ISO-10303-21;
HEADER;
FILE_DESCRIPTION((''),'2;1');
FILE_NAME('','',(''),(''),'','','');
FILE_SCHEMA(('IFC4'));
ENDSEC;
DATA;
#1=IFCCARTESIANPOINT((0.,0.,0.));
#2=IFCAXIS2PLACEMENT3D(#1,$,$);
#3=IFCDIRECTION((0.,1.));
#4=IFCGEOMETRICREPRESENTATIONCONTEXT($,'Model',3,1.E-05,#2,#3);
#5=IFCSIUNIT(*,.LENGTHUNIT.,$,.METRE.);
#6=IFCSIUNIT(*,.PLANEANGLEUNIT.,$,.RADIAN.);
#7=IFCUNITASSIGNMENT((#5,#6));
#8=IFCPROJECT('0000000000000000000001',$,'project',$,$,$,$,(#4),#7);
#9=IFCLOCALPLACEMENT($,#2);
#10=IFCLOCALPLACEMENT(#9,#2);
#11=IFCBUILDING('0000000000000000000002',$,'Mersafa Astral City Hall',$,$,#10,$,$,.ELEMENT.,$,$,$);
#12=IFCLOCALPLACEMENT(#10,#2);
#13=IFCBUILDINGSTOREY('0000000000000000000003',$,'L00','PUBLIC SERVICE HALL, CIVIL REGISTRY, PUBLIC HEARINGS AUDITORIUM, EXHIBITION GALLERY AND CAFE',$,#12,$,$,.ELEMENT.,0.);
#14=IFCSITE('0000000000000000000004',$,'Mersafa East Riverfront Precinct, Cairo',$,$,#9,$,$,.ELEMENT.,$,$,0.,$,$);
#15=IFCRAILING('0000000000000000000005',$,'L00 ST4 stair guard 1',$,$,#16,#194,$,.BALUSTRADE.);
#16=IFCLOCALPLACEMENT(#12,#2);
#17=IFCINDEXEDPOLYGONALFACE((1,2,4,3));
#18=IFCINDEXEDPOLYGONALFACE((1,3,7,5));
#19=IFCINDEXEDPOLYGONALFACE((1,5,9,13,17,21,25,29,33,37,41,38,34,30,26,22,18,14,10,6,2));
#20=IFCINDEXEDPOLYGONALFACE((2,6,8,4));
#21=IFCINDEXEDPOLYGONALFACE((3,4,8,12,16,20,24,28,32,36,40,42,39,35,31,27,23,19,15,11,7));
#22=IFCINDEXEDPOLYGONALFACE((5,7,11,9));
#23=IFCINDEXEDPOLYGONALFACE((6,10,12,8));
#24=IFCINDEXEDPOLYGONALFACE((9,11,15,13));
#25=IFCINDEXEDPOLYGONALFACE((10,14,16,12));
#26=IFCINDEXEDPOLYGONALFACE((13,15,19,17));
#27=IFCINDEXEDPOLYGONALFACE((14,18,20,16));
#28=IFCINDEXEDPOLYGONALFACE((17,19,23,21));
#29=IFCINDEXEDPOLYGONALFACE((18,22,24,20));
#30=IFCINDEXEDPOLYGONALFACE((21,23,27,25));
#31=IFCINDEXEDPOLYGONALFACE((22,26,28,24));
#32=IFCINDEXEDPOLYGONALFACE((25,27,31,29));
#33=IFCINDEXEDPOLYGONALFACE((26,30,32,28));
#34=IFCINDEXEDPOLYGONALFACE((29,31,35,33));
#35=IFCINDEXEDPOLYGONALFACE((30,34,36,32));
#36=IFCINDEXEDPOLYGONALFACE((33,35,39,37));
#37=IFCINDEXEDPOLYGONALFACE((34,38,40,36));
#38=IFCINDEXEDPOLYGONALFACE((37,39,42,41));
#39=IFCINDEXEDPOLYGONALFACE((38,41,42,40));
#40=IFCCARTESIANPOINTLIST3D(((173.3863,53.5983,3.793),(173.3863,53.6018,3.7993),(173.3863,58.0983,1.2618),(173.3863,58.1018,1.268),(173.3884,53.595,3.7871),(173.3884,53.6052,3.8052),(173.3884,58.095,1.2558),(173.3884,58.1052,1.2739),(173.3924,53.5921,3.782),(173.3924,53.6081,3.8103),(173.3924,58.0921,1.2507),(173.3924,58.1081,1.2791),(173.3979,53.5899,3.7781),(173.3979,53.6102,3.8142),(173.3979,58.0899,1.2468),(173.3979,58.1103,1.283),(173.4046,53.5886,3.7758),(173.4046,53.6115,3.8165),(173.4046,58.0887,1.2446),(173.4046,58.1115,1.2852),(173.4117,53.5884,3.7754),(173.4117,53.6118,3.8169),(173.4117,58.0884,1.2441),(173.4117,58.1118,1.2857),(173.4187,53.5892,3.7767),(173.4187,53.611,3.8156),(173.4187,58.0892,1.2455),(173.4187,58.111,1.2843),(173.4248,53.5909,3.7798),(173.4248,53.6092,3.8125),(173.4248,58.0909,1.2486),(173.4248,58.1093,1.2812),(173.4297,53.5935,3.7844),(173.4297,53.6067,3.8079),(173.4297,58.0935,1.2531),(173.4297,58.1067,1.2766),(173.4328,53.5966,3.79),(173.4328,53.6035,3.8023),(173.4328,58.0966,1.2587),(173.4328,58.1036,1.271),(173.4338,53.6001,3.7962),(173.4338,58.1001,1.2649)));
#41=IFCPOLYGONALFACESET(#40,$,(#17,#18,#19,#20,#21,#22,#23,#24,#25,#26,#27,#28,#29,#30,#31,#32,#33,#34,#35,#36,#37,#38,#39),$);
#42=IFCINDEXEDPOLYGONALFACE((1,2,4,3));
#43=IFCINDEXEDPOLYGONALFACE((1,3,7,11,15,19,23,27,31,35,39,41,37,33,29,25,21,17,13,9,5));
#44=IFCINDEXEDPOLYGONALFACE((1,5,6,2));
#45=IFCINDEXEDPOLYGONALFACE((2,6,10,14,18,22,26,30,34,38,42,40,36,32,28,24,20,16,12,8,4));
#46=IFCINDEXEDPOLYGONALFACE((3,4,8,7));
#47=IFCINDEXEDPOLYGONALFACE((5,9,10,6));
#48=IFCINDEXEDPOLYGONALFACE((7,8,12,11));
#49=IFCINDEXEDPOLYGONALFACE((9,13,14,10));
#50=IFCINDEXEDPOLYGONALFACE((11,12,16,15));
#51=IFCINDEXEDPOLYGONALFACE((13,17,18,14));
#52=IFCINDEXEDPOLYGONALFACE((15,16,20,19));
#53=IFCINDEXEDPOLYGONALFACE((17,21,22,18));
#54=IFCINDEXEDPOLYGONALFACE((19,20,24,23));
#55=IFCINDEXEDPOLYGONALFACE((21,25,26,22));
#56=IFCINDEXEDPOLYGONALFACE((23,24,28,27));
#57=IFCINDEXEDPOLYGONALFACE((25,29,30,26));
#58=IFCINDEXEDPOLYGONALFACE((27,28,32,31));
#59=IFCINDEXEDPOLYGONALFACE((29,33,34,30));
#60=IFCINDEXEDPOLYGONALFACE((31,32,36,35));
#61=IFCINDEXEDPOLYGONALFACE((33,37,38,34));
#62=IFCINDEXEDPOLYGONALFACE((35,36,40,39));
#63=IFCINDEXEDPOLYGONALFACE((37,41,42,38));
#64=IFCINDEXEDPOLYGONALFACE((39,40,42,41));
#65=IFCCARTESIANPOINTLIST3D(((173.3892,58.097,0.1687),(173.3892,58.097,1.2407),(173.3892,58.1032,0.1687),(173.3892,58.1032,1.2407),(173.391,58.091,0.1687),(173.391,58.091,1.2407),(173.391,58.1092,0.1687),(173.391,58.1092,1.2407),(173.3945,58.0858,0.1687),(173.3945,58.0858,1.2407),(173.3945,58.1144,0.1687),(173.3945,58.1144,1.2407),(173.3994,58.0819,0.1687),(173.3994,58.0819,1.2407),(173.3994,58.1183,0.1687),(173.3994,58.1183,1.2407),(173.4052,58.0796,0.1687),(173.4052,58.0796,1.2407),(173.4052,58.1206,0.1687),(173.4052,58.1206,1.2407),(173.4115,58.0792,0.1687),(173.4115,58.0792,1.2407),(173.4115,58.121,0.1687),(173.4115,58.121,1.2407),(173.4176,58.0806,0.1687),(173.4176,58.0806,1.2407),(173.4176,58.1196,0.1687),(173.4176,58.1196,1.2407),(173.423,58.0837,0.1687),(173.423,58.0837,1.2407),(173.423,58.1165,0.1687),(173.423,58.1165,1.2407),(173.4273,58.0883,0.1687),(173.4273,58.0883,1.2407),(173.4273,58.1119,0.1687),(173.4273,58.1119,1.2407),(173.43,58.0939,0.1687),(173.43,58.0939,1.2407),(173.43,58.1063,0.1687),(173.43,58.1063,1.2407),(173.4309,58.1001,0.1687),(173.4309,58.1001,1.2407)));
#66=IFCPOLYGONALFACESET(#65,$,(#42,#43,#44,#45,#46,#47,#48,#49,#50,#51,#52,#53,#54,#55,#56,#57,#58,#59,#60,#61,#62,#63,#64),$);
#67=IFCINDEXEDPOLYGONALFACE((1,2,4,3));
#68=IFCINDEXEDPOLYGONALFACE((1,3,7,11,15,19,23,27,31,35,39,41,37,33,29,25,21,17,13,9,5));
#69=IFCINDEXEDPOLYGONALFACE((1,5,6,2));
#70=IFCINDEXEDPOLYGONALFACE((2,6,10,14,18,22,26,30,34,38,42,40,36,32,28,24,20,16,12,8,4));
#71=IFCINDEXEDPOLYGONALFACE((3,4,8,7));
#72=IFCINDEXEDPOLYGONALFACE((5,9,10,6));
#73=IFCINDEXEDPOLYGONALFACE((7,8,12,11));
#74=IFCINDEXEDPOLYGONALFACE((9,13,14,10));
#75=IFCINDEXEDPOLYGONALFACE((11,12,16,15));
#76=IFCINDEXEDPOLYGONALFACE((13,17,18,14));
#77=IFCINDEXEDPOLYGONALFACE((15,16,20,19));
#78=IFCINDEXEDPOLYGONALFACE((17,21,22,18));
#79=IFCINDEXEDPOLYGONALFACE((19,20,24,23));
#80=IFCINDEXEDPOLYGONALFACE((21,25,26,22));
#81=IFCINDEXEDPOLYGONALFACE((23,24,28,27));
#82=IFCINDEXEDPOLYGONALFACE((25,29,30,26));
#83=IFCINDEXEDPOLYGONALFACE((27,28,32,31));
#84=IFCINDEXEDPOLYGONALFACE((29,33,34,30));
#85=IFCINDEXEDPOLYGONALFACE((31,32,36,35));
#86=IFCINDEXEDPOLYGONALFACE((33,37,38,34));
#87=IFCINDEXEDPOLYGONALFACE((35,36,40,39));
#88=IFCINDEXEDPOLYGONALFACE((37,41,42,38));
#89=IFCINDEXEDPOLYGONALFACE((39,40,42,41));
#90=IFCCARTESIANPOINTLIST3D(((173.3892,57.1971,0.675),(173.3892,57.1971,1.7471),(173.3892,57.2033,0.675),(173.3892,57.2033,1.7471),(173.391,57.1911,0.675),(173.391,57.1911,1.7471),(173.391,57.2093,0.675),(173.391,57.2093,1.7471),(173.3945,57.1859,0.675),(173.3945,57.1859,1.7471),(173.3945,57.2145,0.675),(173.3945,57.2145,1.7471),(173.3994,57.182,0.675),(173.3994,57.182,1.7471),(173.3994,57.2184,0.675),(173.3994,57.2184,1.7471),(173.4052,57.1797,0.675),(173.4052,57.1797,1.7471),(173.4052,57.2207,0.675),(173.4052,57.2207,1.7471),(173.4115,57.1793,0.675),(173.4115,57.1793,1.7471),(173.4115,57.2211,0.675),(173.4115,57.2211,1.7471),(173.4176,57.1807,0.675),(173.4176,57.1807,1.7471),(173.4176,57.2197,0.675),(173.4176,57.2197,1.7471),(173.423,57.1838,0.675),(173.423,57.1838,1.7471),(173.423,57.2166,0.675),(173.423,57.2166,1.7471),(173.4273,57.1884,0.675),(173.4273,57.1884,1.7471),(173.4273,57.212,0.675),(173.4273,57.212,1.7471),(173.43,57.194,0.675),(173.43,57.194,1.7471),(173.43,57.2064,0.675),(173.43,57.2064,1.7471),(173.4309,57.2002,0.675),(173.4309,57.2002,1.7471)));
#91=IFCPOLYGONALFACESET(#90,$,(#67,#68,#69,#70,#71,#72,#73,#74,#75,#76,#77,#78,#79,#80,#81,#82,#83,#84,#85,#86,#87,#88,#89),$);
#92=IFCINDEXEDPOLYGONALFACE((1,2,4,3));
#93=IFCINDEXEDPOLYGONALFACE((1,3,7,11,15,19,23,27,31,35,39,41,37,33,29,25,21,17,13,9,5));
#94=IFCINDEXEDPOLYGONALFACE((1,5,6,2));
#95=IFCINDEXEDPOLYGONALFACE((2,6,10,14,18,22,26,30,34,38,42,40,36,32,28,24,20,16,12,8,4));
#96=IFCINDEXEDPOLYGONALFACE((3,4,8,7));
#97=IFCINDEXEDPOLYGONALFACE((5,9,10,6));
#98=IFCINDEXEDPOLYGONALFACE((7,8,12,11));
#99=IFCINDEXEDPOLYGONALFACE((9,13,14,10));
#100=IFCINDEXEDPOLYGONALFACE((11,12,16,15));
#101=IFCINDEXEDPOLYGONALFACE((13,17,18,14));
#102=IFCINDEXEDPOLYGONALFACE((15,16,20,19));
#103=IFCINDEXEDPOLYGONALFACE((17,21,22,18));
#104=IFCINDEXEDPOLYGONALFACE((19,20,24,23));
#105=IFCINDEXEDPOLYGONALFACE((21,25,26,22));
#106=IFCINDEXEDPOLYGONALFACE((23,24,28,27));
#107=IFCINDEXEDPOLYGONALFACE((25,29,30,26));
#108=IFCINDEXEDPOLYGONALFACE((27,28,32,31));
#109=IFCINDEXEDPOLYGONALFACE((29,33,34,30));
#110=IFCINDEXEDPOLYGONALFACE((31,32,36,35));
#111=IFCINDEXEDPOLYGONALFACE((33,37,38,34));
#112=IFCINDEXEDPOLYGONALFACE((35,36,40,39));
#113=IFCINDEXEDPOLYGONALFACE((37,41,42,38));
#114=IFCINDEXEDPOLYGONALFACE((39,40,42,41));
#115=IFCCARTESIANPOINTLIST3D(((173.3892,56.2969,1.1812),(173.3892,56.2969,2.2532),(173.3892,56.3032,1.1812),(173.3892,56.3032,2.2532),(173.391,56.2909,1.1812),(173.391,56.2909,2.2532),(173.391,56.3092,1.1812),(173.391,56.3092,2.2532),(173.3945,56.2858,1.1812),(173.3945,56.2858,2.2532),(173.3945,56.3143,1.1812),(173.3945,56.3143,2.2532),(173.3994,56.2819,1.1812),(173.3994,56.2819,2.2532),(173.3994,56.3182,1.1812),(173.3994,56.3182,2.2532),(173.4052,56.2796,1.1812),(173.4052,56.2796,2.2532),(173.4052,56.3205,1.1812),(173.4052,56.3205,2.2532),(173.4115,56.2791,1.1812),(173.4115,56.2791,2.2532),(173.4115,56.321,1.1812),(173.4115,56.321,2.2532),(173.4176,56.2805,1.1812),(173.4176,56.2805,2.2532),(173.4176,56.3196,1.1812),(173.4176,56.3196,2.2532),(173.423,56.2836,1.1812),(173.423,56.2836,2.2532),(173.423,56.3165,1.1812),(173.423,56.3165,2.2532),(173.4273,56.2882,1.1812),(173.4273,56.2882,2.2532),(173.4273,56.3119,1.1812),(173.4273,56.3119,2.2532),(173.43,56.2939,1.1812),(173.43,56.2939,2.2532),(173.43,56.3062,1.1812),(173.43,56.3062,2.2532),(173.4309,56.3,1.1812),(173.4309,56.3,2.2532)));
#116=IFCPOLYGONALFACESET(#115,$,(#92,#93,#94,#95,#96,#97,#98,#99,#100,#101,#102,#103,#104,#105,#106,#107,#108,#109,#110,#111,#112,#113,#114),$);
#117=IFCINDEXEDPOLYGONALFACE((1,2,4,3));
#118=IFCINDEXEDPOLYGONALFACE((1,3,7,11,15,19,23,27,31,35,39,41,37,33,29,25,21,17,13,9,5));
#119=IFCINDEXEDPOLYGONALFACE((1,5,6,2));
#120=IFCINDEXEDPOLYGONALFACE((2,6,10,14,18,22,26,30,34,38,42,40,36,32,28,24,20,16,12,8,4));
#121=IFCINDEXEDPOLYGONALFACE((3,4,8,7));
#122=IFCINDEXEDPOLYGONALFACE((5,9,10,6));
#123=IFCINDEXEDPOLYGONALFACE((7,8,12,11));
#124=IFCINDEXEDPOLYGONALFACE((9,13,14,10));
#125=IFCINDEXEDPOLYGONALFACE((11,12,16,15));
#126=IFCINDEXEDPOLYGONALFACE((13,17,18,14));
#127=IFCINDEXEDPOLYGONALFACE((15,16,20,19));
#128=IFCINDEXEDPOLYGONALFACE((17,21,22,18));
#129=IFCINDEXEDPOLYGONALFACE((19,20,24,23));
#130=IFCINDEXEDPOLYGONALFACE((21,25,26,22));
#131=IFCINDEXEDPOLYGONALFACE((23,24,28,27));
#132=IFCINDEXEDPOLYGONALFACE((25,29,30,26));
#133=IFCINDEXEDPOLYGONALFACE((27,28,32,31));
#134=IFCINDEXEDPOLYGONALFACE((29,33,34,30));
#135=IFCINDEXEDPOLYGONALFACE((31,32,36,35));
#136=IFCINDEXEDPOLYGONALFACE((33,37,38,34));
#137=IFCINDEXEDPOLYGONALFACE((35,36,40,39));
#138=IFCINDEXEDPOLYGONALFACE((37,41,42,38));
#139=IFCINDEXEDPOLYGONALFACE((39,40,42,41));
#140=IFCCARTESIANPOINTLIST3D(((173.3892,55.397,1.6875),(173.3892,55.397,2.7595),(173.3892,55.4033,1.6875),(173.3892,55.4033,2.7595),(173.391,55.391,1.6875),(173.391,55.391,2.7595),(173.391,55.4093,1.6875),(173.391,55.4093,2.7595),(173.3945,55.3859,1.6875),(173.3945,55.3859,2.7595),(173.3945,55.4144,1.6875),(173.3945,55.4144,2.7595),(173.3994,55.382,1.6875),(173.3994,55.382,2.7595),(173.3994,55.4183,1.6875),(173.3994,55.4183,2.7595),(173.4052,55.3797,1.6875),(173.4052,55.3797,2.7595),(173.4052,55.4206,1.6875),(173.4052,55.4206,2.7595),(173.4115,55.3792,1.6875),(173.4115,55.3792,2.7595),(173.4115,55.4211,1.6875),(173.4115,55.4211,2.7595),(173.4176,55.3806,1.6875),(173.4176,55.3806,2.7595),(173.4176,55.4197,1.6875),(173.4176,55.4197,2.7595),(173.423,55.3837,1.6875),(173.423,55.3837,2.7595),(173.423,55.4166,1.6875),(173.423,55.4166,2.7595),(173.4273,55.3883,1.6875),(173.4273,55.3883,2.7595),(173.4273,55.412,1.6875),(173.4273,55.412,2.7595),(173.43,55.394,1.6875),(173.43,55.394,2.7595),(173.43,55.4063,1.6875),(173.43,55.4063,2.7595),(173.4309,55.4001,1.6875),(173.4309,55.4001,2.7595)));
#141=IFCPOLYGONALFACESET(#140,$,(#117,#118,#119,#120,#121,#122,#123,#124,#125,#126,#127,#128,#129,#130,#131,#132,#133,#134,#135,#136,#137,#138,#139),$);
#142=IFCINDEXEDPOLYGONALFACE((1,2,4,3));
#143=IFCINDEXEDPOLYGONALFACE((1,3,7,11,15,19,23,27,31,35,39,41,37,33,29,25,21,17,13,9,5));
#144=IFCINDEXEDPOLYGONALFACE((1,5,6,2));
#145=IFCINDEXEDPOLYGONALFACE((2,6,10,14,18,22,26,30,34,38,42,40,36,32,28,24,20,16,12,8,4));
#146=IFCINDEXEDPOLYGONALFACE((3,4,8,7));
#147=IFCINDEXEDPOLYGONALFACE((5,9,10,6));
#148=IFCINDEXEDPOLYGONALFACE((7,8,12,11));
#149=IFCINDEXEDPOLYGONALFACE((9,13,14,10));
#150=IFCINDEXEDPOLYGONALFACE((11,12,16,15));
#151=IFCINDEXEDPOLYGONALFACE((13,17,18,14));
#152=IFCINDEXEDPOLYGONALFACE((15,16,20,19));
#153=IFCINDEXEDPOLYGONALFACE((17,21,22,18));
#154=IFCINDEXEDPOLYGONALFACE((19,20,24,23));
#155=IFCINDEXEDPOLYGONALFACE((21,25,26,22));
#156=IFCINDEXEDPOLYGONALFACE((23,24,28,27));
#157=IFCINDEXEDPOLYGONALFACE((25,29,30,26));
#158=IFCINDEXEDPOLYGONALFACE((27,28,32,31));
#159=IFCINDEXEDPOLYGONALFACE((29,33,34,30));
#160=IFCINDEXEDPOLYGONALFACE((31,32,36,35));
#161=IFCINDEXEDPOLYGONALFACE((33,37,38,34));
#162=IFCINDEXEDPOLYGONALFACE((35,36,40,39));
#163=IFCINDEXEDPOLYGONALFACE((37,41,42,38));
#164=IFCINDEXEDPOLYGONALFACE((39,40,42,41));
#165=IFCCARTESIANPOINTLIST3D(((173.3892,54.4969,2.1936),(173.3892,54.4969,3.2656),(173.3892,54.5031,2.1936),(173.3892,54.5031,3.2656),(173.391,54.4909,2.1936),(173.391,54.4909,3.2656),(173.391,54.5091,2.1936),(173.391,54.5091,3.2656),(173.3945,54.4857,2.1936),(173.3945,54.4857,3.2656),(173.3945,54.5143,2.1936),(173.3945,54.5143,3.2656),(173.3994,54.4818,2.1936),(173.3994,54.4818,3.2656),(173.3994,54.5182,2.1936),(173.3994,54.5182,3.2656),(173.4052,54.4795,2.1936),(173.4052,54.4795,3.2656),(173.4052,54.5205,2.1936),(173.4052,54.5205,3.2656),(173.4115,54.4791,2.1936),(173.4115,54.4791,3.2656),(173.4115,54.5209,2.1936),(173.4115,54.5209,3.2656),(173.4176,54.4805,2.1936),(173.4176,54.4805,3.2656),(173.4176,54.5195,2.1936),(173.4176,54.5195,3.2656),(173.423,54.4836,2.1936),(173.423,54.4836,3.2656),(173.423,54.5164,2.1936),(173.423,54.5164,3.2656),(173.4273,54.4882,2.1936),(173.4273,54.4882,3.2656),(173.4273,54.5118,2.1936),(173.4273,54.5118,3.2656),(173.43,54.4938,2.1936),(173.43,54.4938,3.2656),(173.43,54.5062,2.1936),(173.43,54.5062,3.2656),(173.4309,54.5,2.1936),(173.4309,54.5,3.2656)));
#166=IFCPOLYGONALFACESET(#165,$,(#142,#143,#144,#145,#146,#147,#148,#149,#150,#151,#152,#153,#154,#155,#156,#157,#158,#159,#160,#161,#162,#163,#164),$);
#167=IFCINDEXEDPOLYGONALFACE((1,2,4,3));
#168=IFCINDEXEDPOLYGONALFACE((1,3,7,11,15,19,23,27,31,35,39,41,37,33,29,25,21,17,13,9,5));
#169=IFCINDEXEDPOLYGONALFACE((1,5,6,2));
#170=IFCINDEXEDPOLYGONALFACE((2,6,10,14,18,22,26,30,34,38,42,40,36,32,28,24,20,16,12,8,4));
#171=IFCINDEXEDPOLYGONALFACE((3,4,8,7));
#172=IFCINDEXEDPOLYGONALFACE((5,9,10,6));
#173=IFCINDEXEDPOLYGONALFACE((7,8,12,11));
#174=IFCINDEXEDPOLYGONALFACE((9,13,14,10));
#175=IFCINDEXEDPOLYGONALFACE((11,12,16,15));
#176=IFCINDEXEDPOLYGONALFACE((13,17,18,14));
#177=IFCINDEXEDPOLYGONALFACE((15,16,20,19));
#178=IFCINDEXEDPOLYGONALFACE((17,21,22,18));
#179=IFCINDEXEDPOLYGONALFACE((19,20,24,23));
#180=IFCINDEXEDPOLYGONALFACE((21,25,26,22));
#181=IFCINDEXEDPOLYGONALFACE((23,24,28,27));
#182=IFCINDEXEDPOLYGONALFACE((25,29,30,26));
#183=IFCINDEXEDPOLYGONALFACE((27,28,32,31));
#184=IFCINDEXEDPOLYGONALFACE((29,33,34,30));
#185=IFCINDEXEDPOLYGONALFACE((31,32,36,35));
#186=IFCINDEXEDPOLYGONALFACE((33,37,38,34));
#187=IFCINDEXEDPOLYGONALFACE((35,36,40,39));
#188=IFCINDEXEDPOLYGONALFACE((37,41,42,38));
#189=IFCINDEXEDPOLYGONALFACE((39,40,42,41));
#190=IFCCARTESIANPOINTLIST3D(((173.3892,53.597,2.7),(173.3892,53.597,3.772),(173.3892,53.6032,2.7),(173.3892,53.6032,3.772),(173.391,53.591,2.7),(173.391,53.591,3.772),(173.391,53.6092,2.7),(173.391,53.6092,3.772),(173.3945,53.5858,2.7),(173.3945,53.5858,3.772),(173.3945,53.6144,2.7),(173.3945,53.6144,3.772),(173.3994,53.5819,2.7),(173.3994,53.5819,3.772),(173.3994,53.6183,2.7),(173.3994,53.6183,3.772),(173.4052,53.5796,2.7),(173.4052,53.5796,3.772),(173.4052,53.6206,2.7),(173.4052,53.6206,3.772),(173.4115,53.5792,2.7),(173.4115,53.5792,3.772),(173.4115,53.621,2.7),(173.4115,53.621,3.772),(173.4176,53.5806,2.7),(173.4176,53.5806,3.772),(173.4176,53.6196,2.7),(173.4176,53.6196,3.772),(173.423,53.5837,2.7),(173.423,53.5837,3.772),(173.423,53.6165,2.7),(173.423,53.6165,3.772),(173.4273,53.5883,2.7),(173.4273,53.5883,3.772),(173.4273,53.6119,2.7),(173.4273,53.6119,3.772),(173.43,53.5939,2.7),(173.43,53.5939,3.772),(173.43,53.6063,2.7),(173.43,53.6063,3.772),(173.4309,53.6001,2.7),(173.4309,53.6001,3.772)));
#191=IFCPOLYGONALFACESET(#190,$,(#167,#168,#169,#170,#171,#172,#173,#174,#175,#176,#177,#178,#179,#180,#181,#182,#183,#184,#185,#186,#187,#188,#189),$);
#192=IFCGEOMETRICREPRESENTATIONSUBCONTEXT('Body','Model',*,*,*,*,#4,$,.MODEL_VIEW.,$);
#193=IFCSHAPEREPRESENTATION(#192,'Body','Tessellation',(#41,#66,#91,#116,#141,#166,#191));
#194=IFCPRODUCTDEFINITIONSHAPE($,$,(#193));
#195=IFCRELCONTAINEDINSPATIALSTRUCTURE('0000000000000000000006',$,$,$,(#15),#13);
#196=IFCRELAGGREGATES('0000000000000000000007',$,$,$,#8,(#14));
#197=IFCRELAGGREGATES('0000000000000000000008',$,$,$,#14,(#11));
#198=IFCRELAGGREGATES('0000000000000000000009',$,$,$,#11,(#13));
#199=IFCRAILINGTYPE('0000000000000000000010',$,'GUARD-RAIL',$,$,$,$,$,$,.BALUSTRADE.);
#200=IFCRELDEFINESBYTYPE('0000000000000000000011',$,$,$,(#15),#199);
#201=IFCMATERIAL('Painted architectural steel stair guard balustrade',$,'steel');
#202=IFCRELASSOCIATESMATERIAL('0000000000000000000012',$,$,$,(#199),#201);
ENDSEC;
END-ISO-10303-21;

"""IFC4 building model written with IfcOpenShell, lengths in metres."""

from ifc_helpers import new_model, si_unit, direction, frame, origin, origin_2d, place, context, subcontext, project, spatial, circle, extrude, material, type_object, element, save


model = new_model("IFC4")

# Units and contexts
model_context = context("Model", 3, precision=1e-05, world=origin(), true_north=direction((0.0, 1.0)))
body_context = subcontext(model_context, "Body", "Model", "MODEL_VIEW")
ifc_project = project(units=[si_unit("LENGTHUNIT", "METRE"), si_unit("PLANEANGLEUNIT", "RADIAN")], contexts=[model_context])

# Site, building, storey
site_placement = place(None, origin())
site = spatial("IfcSite", under=ifc_project, at=site_placement, Name="Mersafa East Riverfront Precinct, Cairo", CompositionType="ELEMENT", RefElevation=0.0)
building_placement = place(site_placement, origin())
building = spatial("IfcBuilding", under=site, at=building_placement, Name="Mersafa Astral City Hall", CompositionType="ELEMENT")
storey_placement = place(building_placement, origin())
storey = spatial("IfcBuildingStorey", under=building, at=storey_placement, Name="L00", Description="PUBLIC SERVICE HALL, CIVIL REGISTRY, PUBLIC HEARINGS AUDITORIUM, EXHIBITION GALLERY AND CAFE", CompositionType="ELEMENT", Elevation=0.0)

# Railing
ifc_material_1 = material(Name="Painted architectural steel stair guard balustrade", Category="steel")
railing_type = type_object("IfcRailingType", Name="GUARD-RAIL", PredefinedType="BALUSTRADE", material=ifc_material_1)
railing_1_placement = place(storey_placement, frame((173.4099, 58.1001, 0.1687)))
element("IfcRailing", 1, at=railing_1_placement, inside=storey, type_object=railing_type, Name="L00 ST4 stair guard 1", PredefinedType="BALUSTRADE", context=body_context, shape_type="SweptSolid", body=[
    extrude(circle(Radius=0.0239, at=origin_2d()), frame((0.0, 0.0, 1.0962), z_axis=(0.0, -0.871576, 0.490261), x_axis=(1.0, 0.0, 0.0)), (0.0, 0.0, 1.0), 5.1631),
    extrude(circle(Radius=0.021, at=origin_2d()), origin(), (0.0, 0.0, 1.0), 1.072),
    extrude(circle(Radius=0.021, at=origin_2d()), frame((0.0, -0.8999, 0.5063)), (0.0, 0.0, 1.0), 1.072),
    extrude(circle(Radius=0.021, at=origin_2d()), frame((0.0, -1.8, 1.0125)), (0.0, 0.0, 1.0), 1.072),
    extrude(circle(Radius=0.021, at=origin_2d()), frame((0.0, -2.7, 1.5188)), (0.0, 0.0, 1.0), 1.072),
    extrude(circle(Radius=0.021, at=origin_2d()), frame((0.0, -3.6001, 2.0249)), (0.0, 0.0, 1.0), 1.072),
    extrude(circle(Radius=0.021, at=origin_2d()), frame((0.0, -4.5, 2.5312)), (0.0, 0.0, 1.0), 1.072),
])

save(model, "model.ifc")
